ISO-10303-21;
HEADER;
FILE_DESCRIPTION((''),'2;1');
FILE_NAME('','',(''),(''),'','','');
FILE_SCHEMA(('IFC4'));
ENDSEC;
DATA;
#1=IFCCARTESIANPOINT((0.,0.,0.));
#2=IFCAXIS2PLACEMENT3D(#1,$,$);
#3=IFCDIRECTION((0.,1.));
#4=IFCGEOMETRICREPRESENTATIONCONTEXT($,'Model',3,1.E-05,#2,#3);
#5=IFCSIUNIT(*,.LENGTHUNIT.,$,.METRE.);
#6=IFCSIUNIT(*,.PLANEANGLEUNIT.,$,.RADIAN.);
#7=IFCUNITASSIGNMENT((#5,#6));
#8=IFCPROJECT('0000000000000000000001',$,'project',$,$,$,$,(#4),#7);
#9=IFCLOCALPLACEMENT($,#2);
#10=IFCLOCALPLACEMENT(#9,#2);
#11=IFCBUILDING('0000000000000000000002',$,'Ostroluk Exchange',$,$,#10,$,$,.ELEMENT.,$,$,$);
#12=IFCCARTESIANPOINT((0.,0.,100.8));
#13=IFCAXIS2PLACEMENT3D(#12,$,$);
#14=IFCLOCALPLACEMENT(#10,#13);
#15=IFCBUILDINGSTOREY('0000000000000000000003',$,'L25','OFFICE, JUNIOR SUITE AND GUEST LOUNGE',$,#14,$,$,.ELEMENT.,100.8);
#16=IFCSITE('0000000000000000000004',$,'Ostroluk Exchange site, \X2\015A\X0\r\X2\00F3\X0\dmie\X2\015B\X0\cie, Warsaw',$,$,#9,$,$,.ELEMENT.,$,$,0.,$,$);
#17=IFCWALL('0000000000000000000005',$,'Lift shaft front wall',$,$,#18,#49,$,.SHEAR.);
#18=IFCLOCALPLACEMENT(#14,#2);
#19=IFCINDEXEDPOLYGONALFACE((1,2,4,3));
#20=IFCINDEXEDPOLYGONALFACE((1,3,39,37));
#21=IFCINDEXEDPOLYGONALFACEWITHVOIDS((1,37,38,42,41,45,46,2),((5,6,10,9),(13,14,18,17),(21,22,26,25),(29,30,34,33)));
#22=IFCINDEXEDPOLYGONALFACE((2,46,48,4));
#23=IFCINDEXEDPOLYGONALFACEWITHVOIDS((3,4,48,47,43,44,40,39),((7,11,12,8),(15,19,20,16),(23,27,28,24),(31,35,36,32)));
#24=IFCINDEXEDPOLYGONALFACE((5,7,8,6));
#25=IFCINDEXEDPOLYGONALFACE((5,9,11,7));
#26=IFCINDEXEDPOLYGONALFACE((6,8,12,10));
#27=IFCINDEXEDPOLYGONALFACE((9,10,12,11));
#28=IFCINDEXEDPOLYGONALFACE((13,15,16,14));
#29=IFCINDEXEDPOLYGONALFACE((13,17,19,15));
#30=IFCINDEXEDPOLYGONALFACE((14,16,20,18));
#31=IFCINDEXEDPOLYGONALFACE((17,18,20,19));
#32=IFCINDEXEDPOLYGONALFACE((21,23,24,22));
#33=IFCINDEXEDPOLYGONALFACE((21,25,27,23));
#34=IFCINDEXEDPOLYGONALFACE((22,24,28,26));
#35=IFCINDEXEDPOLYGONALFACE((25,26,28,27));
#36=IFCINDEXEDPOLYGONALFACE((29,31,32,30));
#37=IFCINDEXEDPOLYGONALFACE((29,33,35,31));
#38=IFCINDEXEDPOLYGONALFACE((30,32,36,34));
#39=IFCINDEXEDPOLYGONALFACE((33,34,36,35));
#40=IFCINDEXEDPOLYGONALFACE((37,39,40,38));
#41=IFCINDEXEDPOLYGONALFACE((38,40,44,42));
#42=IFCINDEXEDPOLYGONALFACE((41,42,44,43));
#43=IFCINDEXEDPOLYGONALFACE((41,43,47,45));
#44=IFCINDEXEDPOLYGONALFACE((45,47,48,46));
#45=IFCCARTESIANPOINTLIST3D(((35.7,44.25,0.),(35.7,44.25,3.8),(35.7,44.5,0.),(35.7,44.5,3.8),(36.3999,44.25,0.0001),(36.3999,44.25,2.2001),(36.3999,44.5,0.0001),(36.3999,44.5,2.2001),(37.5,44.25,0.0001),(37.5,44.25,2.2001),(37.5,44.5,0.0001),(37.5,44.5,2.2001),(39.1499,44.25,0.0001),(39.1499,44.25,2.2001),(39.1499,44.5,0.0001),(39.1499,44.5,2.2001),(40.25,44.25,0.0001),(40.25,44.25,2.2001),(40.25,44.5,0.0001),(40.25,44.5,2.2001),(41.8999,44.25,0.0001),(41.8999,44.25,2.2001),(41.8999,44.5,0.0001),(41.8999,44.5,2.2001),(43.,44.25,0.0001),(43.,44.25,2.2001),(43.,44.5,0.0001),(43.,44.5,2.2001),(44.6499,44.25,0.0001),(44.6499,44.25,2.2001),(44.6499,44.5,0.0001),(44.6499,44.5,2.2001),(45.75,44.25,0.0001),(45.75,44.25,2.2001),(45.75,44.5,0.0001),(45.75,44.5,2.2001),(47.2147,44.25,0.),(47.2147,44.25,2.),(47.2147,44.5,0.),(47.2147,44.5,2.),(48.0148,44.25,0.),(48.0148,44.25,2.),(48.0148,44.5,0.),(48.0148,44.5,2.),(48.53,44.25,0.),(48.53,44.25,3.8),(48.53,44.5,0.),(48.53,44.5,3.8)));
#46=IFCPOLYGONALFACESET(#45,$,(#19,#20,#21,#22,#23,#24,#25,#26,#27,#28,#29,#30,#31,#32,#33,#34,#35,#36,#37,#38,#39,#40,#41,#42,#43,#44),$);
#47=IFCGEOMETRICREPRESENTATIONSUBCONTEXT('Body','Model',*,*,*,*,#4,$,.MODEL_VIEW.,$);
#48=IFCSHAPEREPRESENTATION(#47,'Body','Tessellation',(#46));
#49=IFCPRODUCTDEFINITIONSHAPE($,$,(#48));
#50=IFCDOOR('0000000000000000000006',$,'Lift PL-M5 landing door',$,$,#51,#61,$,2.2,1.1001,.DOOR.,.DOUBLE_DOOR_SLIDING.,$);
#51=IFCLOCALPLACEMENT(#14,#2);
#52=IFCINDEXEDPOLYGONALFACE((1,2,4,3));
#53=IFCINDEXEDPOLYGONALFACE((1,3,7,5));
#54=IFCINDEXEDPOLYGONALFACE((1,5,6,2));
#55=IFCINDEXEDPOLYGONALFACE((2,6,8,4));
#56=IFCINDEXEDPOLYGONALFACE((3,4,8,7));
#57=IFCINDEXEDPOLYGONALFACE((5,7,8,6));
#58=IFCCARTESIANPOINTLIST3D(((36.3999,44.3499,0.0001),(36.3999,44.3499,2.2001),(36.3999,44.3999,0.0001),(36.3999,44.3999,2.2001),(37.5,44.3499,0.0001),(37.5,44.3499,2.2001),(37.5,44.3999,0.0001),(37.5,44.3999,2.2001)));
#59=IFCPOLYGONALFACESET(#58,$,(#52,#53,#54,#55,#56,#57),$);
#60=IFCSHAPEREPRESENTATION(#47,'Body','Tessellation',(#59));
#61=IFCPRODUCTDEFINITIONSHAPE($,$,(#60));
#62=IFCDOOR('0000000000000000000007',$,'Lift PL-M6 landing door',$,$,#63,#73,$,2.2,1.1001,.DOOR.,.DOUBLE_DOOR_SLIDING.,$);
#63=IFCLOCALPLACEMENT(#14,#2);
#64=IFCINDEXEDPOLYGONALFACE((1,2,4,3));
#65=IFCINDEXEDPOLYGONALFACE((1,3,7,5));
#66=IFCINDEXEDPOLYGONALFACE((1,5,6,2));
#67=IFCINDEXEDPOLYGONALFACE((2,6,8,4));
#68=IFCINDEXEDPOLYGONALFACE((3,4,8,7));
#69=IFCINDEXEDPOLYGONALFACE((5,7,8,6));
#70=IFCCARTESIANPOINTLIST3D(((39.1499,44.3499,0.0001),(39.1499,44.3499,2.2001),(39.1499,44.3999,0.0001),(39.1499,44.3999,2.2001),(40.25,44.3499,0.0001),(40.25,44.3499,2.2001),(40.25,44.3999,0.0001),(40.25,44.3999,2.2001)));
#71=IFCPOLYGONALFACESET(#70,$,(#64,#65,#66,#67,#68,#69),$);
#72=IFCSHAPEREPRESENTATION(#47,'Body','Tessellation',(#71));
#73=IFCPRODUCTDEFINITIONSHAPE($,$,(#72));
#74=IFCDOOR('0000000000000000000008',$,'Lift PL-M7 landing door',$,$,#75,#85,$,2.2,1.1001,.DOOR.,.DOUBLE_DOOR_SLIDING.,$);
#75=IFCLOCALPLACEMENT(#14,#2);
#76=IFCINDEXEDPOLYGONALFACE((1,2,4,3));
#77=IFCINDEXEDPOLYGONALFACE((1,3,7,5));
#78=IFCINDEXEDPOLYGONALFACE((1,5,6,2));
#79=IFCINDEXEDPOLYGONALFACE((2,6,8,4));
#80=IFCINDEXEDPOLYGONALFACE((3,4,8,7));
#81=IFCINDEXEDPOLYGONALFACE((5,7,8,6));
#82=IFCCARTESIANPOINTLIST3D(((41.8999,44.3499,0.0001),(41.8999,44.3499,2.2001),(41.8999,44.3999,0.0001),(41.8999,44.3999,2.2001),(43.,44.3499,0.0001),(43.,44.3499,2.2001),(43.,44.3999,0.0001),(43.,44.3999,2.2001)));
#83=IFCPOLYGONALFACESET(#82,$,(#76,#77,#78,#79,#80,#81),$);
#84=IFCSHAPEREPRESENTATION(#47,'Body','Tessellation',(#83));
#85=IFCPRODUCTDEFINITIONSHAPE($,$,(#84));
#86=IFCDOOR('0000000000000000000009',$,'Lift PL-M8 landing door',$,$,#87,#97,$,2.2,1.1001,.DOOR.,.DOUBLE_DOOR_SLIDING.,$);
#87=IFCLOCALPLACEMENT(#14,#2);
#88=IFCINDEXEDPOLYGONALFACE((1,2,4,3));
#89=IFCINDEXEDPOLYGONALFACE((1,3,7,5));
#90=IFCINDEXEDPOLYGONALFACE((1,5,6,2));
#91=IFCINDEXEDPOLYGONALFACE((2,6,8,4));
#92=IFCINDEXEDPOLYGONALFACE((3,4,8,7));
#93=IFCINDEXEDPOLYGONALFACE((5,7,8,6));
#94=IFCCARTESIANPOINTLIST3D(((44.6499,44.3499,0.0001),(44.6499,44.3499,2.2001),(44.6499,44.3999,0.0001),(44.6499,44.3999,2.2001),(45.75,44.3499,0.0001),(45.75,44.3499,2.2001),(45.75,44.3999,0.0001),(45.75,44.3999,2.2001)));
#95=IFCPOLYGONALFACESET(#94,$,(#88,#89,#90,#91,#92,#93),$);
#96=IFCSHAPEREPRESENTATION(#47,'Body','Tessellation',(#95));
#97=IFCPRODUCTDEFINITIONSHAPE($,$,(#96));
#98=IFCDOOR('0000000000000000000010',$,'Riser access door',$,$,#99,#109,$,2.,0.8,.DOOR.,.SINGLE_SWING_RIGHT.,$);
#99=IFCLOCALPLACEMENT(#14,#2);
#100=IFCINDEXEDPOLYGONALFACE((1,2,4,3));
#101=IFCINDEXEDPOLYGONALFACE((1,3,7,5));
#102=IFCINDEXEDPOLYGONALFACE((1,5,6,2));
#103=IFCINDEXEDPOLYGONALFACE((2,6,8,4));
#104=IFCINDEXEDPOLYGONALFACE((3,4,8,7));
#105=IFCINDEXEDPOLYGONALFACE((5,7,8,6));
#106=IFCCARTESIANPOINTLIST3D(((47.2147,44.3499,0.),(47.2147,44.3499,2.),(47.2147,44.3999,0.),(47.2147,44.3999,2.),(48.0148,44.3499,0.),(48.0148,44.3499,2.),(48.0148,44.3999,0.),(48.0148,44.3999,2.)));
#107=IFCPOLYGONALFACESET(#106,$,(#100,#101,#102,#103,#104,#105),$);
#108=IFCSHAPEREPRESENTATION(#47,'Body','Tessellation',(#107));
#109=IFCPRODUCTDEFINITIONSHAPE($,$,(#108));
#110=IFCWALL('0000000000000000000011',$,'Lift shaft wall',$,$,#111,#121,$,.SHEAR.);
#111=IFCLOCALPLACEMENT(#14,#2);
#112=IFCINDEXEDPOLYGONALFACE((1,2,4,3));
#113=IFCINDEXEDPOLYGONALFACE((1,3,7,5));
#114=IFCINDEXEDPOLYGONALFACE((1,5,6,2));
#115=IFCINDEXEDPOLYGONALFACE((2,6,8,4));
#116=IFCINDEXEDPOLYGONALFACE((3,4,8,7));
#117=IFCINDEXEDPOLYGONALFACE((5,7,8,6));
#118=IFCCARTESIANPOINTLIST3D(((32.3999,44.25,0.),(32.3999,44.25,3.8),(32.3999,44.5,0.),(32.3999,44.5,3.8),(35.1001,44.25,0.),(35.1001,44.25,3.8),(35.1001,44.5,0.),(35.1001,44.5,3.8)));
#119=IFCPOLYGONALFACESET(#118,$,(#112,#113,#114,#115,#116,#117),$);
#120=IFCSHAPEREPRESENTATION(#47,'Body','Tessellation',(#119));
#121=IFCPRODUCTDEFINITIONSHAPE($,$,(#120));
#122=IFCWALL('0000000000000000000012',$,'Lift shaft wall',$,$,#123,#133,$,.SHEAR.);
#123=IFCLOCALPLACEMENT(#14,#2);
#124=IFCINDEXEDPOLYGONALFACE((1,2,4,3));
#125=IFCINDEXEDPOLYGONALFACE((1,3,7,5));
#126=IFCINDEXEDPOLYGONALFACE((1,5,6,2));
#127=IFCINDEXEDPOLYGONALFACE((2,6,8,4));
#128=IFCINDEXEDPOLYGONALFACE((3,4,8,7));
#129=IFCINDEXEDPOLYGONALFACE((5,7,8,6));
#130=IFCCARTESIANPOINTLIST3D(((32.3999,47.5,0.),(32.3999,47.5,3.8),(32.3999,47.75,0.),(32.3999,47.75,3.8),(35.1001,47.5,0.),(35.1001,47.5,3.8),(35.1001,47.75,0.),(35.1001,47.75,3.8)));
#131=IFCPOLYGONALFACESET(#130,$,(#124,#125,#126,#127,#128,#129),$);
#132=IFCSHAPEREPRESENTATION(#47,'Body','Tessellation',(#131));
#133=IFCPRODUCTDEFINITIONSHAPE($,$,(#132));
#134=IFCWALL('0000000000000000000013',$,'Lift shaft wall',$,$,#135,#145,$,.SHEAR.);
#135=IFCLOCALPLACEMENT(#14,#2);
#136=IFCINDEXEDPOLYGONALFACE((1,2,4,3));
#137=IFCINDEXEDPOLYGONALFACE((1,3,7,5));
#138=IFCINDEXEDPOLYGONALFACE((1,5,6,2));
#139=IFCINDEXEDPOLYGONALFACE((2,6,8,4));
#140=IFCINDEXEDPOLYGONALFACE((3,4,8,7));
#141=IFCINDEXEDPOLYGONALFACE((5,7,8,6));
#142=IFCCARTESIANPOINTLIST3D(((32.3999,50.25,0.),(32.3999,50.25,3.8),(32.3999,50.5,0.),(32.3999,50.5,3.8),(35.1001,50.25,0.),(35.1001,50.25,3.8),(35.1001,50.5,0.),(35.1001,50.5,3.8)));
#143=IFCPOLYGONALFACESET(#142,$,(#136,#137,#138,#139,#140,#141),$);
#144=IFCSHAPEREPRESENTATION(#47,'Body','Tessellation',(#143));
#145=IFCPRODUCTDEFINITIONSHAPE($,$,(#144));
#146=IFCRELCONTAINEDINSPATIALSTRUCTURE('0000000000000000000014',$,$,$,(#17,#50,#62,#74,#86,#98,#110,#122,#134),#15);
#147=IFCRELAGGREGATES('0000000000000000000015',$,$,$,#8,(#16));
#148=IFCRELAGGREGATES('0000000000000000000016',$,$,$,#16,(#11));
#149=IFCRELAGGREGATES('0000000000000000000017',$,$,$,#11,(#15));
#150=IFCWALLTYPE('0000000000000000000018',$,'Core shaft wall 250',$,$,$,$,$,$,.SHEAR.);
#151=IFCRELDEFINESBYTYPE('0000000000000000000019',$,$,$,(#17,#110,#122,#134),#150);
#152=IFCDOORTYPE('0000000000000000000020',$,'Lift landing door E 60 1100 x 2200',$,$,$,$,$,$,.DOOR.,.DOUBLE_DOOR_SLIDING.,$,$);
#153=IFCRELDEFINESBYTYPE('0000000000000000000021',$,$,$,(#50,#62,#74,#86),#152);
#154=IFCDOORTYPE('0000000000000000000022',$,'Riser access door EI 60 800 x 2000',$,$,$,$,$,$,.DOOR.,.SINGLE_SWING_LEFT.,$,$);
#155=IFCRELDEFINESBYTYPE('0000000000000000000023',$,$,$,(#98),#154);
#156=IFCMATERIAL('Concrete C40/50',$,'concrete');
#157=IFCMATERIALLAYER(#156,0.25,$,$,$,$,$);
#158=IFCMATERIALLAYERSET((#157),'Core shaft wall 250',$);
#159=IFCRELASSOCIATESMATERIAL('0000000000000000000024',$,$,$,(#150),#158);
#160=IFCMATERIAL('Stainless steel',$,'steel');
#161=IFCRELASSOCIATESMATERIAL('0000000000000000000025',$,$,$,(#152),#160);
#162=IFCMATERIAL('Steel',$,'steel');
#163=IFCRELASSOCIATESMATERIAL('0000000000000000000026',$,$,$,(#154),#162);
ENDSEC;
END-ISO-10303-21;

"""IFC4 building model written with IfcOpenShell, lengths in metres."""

from ifc_helpers import new_model, si_unit, direction, frame, frame_2d, origin, place, context, subcontext, project, spatial, rectangle, extrude, material, layer, layer_set, type_object, element, fill, save


model = new_model("IFC4")

# Units and contexts
model_context = context("Model", 3, precision=1e-05, world=origin(), true_north=direction((0.0, 1.0)))
body_context = subcontext(model_context, "Body", "Model", "MODEL_VIEW")
ifc_project = project(units=[si_unit("LENGTHUNIT", "METRE"), si_unit("PLANEANGLEUNIT", "RADIAN")], contexts=[model_context])

# Site, building, storey
site_placement = place(None, origin())
site = spatial("IfcSite", under=ifc_project, at=site_placement, Name="Ostroluk Exchange site, Śródmieście, Warsaw", CompositionType="ELEMENT", RefElevation=0.0)
building_placement = place(site_placement, origin())
building = spatial("IfcBuilding", under=site, at=building_placement, Name="Ostroluk Exchange", CompositionType="ELEMENT")
storey_placement = place(building_placement, frame((0.0, 0.0, 100.8)))
storey = spatial("IfcBuildingStorey", under=building, at=storey_placement, Name="L25", Description="OFFICE, JUNIOR SUITE AND GUEST LOUNGE", CompositionType="ELEMENT", Elevation=100.8)

# Shared definitions
ifc_material_1 = material(Name="Concrete C40/50", Category="concrete")
ifc_layer_1 = layer(ifc_material_1, 0.25)
ifc_layer_set_1 = layer_set([ifc_layer_1], Name="Core shaft wall 250")
wall_type_1 = type_object("IfcWallType", Name="Core shaft wall 250", PredefinedType="SHEAR", material=ifc_layer_set_1)

# Wall, openings, doors
ifc_material_2 = material(Name="Stainless steel", Category="steel")
door_type_1 = type_object("IfcDoorType", Name="Lift landing door E 60 1100 x 2200", OperationType="DOUBLE_DOOR_SLIDING", PredefinedType="DOOR", material=ifc_material_2)
ifc_material_3 = material(Name="Steel", Category="steel")
door_type_2 = type_object("IfcDoorType", Name="Riser access door EI 60 800 x 2000", OperationType="SINGLE_SWING_LEFT", PredefinedType="DOOR", material=ifc_material_3)
wall_1_placement = place(storey_placement, frame((35.7, 44.375, 0.0), z_axis=(0.0, 0.0, 1.0), x_axis=(1.0, 0.0, 0.0)))
wall_1 = element("IfcWall", 1, at=wall_1_placement, inside=storey, type_object=wall_type_1, Name="Lift shaft front wall", PredefinedType="SHEAR", context=body_context, shape_type="SweptSolid", body=[
    extrude(rectangle(XDim=12.8301, YDim=0.25, at=frame_2d((6.415, 0.0))), origin(), (0.0, 0.0, 1.0), 3.8),
])
opening_1_placement = place(wall_1_placement, frame((0.7, 0.0, 0.0)))
opening_1 = element("IfcOpeningElement", 2, at=opening_1_placement, cuts=wall_1, PredefinedType="OPENING", context=body_context, shape_type="SweptSolid", body=[
    extrude(rectangle(XDim=1.1001, YDim=2.2, at=frame_2d((0.55, 1.1001))), frame((0.0, 0.135, 0.0), z_axis=(0.0, -1.0, 0.0), x_axis=(1.0, 0.0, 0.0)), (0.0, 0.0, 1.0), 0.27),
])
opening_2_placement = place(wall_1_placement, frame((3.45, 0.0, 0.0)))
opening_2 = element("IfcOpeningElement", 3, at=opening_2_placement, cuts=wall_1, PredefinedType="OPENING", context=body_context, shape_type="SweptSolid", body=[
    extrude(rectangle(XDim=1.1001, YDim=2.2, at=frame_2d((0.55, 1.1001))), frame((0.0, 0.135, 0.0), z_axis=(0.0, -1.0, 0.0), x_axis=(1.0, 0.0, 0.0)), (0.0, 0.0, 1.0), 0.27),
])
opening_3_placement = place(wall_1_placement, frame((6.2, 0.0, 0.0)))
opening_3 = element("IfcOpeningElement", 4, at=opening_3_placement, cuts=wall_1, PredefinedType="OPENING", context=body_context, shape_type="SweptSolid", body=[
    extrude(rectangle(XDim=1.1001, YDim=2.2, at=frame_2d((0.55, 1.1001))), frame((0.0, 0.135, 0.0), z_axis=(0.0, -1.0, 0.0), x_axis=(1.0, 0.0, 0.0)), (0.0, 0.0, 1.0), 0.27),
])
opening_4_placement = place(wall_1_placement, frame((8.95, 0.0, 0.0)))
opening_4 = element("IfcOpeningElement", 5, at=opening_4_placement, cuts=wall_1, PredefinedType="OPENING", context=body_context, shape_type="SweptSolid", body=[
    extrude(rectangle(XDim=1.1001, YDim=2.2, at=frame_2d((0.55, 1.1001))), frame((0.0, 0.135, 0.0), z_axis=(0.0, -1.0, 0.0), x_axis=(1.0, 0.0, 0.0)), (0.0, 0.0, 1.0), 0.27),
])
opening_5_placement = place(wall_1_placement, frame((11.5149, 0.0, 0.0)))
opening_5 = element("IfcOpeningElement", 6, at=opening_5_placement, cuts=wall_1, PredefinedType="OPENING", context=body_context, shape_type="SweptSolid", body=[
    extrude(rectangle(XDim=0.8, YDim=2.0, at=frame_2d((0.3999, 1.0))), frame((0.0, 0.135, 0.0), z_axis=(0.0, -1.0, 0.0), x_axis=(1.0, 0.0, 0.0)), (0.0, 0.0, 1.0), 0.27),
])
door_1_placement = place(opening_1_placement, origin())
door_1 = element("IfcDoor", 7, at=door_1_placement, inside=storey, type_object=door_type_1, Name="Lift PL-M5 landing door", OperationType="DOUBLE_DOOR_SLIDING", OverallHeight=2.2, OverallWidth=1.1001, PredefinedType="DOOR", context=body_context, shape_type="SweptSolid", body=[
    extrude(rectangle(XDim=1.1001, YDim=2.2, at=frame_2d((0.55, 1.1001))), frame((0.0, 0.0249, 0.0), z_axis=(0.0, -1.0, 0.0), x_axis=(1.0, 0.0, 0.0)), (0.0, 0.0, 1.0), 0.05),
])
fill(opening_1, door_1)
door_2_placement = place(opening_2_placement, origin())
door_2 = element("IfcDoor", 8, at=door_2_placement, inside=storey, type_object=door_type_1, Name="Lift PL-M6 landing door", OperationType="DOUBLE_DOOR_SLIDING", OverallHeight=2.2, OverallWidth=1.1001, PredefinedType="DOOR", context=body_context, shape_type="SweptSolid", body=[
    extrude(rectangle(XDim=1.1001, YDim=2.2, at=frame_2d((0.55, 1.1001))), frame((0.0, 0.0249, 0.0), z_axis=(0.0, -1.0, 0.0), x_axis=(1.0, 0.0, 0.0)), (0.0, 0.0, 1.0), 0.05),
])
fill(opening_2, door_2)
door_3_placement = place(opening_3_placement, origin())
door_3 = element("IfcDoor", 9, at=door_3_placement, inside=storey, type_object=door_type_1, Name="Lift PL-M7 landing door", OperationType="DOUBLE_DOOR_SLIDING", OverallHeight=2.2, OverallWidth=1.1001, PredefinedType="DOOR", context=body_context, shape_type="SweptSolid", body=[
    extrude(rectangle(XDim=1.1001, YDim=2.2, at=frame_2d((0.55, 1.1001))), frame((0.0, 0.0249, 0.0), z_axis=(0.0, -1.0, 0.0), x_axis=(1.0, 0.0, 0.0)), (0.0, 0.0, 1.0), 0.05),
])
fill(opening_3, door_3)
door_4_placement = place(opening_4_placement, origin())
door_4 = element("IfcDoor", 10, at=door_4_placement, inside=storey, type_object=door_type_1, Name="Lift PL-M8 landing door", OperationType="DOUBLE_DOOR_SLIDING", OverallHeight=2.2, OverallWidth=1.1001, PredefinedType="DOOR", context=body_context, shape_type="SweptSolid", body=[
    extrude(rectangle(XDim=1.1001, YDim=2.2, at=frame_2d((0.55, 1.1001))), frame((0.0, 0.0249, 0.0), z_axis=(0.0, -1.0, 0.0), x_axis=(1.0, 0.0, 0.0)), (0.0, 0.0, 1.0), 0.05),
])
fill(opening_4, door_4)
door_5_placement = place(opening_5_placement, origin())
door_5 = element("IfcDoor", 11, at=door_5_placement, inside=storey, type_object=door_type_2, Name="Riser access door", OperationType="SINGLE_SWING_RIGHT", OverallHeight=2.0, OverallWidth=0.8, PredefinedType="DOOR", context=body_context, shape_type="SweptSolid", body=[
    extrude(rectangle(XDim=0.8, YDim=2.0, at=frame_2d((0.3999, 1.0))), frame((0.0, 0.0249, 0.0), z_axis=(0.0, -1.0, 0.0), x_axis=(1.0, 0.0, 0.0)), (0.0, 0.0, 1.0), 0.05),
])
fill(opening_5, door_5)

# Walls
for number, where, z_axis, x_axis, name in (
    (12, (32.3999, 44.375, 0.0), (0.0, 0.0, 1.0), (1.0, 0.0, 0.0), "Lift shaft wall"),
    (13, (32.3999, 47.625, 0.0), (0.0, 0.0, 1.0), (1.0, 0.0, 0.0), "Lift shaft wall"),
    (14, (32.3999, 50.375, 0.0), (0.0, 0.0, 1.0), (1.0, 0.0, 0.0), "Lift shaft wall"),
):
    element("IfcWall", number, at=place(storey_placement, frame(where, z_axis=z_axis, x_axis=x_axis)), inside=storey, type_object=wall_type_1, Name=name, PredefinedType="SHEAR", context=body_context, shape_type="SweptSolid", body=[
        extrude(rectangle(XDim=2.7002, YDim=0.25, at=frame_2d((1.3501, 0.0))), origin(), (0.0, 0.0, 1.0), 3.8),
    ])

save(model, "model.ifc")
